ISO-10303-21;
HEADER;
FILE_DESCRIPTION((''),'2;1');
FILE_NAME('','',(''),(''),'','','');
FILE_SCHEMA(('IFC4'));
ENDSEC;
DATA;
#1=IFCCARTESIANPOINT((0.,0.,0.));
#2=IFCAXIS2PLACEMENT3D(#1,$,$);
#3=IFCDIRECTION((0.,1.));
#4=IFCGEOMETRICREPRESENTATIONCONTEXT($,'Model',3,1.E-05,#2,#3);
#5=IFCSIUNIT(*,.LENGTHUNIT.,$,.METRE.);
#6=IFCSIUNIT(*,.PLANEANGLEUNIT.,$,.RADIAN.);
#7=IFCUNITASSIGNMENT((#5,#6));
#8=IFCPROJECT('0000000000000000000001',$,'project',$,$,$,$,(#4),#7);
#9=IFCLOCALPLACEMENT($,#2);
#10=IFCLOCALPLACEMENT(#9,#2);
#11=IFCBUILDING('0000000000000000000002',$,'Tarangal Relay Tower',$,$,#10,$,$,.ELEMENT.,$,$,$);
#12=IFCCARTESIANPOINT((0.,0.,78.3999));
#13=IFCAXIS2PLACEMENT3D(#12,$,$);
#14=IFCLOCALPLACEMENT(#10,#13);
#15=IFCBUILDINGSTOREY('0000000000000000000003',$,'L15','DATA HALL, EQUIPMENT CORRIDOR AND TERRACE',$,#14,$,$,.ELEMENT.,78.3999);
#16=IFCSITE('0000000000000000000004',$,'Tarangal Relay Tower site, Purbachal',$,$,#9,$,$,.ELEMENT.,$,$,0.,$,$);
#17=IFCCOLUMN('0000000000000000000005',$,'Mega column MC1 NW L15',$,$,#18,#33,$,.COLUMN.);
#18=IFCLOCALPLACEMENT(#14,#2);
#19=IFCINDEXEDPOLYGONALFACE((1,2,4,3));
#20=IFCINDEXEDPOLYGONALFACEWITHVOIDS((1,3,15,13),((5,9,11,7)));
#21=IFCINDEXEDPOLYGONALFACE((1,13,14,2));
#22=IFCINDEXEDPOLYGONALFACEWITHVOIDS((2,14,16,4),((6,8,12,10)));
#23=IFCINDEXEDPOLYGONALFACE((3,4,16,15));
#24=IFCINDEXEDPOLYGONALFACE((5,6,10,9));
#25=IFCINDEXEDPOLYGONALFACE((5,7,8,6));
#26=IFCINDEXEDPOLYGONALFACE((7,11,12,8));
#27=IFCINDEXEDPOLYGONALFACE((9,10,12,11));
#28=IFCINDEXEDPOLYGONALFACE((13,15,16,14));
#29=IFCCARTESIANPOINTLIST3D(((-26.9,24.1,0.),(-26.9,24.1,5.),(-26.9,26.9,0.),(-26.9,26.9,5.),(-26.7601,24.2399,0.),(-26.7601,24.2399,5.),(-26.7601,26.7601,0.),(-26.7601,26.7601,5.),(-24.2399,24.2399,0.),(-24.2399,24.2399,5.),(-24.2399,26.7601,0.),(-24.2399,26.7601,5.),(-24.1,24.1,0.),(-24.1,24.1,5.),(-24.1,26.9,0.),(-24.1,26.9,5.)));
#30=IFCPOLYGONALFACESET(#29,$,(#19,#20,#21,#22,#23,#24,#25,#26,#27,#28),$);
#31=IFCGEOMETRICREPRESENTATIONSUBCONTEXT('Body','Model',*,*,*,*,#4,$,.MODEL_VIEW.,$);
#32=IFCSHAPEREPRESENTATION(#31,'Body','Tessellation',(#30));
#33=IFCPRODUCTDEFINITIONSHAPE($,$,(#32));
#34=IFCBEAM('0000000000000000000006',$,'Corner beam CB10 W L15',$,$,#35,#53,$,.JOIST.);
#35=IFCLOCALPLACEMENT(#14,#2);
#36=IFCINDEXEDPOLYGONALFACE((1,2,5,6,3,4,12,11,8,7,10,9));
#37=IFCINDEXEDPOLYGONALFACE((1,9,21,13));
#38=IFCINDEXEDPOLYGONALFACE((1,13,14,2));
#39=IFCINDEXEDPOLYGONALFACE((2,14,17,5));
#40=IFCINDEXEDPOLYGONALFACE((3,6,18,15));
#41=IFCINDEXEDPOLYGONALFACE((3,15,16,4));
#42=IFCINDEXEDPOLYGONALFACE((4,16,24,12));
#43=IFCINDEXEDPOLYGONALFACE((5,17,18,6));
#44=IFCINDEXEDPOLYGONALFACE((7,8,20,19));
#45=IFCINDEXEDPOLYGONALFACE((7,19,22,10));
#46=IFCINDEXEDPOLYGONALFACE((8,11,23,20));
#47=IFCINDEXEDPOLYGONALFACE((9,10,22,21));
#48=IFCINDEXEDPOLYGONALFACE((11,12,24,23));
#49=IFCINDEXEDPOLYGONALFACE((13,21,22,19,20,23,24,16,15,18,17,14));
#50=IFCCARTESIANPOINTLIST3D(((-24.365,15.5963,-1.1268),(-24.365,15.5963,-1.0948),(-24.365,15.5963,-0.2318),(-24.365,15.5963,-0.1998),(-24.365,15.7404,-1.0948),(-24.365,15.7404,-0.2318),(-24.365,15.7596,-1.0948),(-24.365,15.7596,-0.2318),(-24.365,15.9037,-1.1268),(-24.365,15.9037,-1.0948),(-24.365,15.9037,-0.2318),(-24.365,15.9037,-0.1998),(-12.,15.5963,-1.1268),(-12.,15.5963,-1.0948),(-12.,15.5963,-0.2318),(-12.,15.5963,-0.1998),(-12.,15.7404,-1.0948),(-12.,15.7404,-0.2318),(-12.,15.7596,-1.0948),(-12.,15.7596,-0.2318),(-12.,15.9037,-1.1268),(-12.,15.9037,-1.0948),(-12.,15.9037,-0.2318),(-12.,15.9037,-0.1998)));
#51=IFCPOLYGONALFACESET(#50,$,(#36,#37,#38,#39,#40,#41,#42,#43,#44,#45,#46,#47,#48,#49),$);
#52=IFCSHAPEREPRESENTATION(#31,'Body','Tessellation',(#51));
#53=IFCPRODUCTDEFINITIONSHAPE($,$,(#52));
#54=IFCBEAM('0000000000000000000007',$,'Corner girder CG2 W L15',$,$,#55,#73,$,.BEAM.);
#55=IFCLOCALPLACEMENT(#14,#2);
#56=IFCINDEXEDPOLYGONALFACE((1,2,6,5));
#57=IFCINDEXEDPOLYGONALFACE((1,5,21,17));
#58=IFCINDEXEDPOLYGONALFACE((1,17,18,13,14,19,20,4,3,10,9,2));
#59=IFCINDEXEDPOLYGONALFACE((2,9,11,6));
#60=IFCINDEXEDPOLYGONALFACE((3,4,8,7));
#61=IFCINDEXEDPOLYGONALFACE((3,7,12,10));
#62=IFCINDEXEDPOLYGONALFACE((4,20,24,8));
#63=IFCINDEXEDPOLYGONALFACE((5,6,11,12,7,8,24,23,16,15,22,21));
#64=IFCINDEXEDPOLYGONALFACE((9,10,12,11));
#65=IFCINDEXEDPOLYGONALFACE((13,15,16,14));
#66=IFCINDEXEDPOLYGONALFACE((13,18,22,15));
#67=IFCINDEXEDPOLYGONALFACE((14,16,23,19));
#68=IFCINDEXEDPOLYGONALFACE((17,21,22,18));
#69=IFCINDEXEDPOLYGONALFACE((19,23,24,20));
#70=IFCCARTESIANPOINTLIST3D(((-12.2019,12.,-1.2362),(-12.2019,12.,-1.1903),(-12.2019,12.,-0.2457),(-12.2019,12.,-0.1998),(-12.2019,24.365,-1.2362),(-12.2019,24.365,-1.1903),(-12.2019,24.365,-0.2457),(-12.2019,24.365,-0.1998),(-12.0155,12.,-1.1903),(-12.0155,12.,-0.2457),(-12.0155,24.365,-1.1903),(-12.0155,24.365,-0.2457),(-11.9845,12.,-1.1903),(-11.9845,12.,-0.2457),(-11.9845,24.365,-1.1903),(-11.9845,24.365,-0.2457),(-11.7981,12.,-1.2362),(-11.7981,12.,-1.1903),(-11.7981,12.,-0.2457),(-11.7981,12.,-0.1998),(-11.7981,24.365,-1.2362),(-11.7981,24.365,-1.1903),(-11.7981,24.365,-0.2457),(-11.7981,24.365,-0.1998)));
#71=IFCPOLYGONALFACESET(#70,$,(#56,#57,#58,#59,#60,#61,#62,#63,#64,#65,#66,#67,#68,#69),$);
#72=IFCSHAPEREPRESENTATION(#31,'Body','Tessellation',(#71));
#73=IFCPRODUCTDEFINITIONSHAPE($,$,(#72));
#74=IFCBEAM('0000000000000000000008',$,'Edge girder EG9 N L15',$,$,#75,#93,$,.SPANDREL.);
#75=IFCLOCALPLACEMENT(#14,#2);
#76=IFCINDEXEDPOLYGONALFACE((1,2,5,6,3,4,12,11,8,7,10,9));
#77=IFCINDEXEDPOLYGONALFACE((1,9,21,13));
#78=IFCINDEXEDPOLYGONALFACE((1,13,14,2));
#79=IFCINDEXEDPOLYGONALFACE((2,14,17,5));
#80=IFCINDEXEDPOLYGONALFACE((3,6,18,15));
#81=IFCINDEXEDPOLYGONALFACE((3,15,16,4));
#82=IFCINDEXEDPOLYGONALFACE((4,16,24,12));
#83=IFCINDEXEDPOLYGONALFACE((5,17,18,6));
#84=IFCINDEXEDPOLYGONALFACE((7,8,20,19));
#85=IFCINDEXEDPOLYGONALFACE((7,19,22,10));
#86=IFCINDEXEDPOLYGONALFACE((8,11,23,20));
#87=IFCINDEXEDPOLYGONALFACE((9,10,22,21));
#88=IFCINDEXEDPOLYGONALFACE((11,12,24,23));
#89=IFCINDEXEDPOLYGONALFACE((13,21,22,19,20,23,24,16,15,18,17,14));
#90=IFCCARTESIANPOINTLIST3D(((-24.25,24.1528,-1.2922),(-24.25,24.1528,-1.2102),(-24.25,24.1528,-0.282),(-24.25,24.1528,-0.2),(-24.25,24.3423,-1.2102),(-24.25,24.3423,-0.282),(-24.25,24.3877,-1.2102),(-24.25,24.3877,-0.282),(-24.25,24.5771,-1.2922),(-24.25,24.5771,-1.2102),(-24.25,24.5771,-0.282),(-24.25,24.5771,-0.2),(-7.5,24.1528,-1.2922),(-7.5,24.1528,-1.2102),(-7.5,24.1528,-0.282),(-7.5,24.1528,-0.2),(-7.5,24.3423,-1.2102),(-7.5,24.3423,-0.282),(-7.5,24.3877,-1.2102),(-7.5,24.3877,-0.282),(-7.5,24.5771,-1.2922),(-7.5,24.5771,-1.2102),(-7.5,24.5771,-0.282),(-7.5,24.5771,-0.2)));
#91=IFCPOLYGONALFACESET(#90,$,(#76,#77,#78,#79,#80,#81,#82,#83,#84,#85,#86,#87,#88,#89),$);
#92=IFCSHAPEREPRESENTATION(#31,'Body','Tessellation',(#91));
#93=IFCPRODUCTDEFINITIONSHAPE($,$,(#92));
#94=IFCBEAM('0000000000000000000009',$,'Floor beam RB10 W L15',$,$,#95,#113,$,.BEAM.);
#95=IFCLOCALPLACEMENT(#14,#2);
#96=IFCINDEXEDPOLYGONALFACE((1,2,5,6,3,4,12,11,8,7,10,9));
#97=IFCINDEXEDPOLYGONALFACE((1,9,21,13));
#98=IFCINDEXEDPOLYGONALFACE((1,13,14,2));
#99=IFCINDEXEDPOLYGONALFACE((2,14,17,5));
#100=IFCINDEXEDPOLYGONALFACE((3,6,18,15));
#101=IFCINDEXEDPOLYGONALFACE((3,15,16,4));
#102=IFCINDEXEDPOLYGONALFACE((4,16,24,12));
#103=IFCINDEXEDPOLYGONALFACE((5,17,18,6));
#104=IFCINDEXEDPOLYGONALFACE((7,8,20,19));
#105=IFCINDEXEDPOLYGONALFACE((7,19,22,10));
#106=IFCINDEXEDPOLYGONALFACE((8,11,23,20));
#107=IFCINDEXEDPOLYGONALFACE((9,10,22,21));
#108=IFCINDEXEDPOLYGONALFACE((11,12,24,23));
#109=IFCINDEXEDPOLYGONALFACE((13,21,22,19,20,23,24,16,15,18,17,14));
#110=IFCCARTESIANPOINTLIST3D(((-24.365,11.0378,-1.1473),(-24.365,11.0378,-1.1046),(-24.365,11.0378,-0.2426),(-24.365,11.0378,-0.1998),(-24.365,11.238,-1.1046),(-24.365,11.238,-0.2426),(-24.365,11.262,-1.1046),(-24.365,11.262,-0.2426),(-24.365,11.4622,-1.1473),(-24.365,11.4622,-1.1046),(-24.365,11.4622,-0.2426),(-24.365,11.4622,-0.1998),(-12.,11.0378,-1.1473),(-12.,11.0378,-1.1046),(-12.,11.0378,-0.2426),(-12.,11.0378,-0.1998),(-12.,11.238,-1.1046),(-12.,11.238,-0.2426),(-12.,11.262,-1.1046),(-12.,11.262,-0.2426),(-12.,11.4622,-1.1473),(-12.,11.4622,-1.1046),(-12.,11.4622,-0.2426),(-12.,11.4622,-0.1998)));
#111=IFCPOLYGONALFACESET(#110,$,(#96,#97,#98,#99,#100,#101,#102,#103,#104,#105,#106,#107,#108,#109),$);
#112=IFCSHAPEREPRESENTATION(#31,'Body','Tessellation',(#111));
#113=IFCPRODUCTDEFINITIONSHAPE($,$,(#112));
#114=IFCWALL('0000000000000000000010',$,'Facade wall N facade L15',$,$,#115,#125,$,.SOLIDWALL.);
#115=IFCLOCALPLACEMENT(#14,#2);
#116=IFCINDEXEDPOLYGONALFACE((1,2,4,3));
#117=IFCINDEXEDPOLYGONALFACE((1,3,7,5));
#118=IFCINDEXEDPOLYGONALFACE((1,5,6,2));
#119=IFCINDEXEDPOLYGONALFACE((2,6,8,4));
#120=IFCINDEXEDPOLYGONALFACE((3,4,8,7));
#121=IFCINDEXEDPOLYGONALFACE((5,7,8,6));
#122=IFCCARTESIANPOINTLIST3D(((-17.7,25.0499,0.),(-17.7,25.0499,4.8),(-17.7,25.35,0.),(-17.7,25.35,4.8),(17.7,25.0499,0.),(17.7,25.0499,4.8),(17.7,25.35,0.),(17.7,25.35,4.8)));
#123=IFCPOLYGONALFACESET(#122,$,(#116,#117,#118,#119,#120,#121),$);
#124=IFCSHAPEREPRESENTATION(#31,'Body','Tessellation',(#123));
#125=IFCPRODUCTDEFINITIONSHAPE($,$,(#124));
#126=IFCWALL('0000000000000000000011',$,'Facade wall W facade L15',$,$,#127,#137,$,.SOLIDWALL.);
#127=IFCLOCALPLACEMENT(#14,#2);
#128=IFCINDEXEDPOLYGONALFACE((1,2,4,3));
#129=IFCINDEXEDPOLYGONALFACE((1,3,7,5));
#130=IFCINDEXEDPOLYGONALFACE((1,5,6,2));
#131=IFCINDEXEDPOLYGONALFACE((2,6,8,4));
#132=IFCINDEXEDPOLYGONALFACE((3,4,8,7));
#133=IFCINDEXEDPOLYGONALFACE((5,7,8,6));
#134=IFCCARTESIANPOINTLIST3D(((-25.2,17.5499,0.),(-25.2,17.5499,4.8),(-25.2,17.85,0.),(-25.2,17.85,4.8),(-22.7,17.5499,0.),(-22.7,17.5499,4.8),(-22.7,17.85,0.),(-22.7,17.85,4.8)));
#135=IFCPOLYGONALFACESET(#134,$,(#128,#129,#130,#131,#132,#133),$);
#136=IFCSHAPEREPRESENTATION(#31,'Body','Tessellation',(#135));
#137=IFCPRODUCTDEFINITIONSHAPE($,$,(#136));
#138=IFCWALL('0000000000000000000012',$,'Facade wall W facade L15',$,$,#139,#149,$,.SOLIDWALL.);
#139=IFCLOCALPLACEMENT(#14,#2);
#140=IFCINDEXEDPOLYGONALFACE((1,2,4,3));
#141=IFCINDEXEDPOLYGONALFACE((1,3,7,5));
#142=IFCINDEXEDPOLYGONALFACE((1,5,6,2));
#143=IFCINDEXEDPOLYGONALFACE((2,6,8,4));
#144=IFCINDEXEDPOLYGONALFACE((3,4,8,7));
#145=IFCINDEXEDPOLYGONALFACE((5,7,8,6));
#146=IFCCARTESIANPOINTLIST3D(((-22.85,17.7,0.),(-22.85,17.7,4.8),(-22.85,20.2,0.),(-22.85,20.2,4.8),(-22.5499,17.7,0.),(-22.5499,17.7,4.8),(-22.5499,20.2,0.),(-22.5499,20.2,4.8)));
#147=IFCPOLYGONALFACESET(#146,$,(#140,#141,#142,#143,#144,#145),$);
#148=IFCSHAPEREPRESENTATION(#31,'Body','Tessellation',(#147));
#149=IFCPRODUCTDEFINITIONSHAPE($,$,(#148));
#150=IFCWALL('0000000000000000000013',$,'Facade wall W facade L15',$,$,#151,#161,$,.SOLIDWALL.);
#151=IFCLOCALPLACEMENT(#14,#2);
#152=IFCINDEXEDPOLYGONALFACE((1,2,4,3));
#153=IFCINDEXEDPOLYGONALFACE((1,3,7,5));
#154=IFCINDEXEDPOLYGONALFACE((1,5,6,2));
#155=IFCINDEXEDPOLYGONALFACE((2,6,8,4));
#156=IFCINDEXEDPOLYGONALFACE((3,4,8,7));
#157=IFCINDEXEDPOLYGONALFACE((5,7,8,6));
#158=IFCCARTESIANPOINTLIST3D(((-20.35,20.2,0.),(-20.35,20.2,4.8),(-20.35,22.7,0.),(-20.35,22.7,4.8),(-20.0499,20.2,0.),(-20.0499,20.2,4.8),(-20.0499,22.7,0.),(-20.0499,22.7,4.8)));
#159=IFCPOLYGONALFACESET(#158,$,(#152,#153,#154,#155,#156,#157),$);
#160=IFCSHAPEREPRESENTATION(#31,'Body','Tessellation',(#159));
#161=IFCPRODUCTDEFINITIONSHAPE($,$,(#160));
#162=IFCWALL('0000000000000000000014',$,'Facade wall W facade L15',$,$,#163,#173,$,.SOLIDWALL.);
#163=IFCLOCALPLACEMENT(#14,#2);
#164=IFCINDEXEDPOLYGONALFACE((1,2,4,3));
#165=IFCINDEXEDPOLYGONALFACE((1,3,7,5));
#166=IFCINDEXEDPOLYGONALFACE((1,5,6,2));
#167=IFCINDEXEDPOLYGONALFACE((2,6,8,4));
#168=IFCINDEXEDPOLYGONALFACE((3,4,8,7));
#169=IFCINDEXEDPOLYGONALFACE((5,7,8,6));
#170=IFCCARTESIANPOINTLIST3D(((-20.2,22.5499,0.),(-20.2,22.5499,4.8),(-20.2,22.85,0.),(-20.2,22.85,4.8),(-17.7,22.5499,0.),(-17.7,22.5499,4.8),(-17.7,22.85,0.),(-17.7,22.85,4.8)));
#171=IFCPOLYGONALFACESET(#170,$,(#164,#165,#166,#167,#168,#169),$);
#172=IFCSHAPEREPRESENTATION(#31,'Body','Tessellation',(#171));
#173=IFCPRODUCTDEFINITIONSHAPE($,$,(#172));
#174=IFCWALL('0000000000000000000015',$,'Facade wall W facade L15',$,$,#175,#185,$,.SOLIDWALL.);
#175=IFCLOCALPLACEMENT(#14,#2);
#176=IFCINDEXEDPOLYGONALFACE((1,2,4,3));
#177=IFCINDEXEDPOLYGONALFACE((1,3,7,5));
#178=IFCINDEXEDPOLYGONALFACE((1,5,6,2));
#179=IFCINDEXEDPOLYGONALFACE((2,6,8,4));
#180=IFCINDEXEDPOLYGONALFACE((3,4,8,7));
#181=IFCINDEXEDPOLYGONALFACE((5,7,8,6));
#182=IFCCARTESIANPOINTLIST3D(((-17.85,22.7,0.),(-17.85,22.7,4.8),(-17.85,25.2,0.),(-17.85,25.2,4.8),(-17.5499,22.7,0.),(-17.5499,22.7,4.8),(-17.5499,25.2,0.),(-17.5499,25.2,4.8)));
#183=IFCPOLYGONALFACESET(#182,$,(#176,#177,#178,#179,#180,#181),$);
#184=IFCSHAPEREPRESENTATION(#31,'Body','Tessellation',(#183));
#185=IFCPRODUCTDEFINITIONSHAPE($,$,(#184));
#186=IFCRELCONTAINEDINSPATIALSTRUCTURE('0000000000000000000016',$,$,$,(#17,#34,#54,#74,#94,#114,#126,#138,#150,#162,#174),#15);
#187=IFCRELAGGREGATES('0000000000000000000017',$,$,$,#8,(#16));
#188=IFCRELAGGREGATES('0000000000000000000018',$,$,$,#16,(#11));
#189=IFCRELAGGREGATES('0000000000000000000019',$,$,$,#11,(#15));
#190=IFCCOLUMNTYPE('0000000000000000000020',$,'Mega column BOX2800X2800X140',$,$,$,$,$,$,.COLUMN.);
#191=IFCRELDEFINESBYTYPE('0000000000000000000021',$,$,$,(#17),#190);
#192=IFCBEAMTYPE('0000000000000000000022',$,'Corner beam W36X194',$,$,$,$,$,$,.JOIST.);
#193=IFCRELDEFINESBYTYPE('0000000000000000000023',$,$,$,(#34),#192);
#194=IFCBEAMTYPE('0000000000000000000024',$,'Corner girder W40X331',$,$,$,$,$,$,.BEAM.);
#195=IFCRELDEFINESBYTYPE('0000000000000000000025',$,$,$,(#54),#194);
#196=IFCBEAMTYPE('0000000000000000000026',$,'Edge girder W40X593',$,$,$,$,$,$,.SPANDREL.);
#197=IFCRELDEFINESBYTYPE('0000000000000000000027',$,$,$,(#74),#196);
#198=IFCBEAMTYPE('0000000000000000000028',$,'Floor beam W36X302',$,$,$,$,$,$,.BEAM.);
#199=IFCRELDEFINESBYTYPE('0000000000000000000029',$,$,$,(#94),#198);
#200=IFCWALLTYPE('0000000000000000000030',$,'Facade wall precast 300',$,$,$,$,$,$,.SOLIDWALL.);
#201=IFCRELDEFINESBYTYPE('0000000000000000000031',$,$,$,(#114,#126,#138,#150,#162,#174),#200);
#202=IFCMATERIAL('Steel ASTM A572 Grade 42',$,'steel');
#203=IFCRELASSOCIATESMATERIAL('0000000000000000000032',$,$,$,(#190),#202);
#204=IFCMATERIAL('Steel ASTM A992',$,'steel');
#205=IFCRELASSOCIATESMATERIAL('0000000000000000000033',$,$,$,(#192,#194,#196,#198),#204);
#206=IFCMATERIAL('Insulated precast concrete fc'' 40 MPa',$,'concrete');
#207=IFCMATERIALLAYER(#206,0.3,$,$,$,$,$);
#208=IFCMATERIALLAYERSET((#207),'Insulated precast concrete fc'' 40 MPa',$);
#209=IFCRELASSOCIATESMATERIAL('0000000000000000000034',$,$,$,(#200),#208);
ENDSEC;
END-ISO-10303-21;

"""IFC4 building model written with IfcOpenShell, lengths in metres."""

from ifc_helpers import new_model, si_unit, direction, frame, frame_2d, origin, origin_2d, place, context, subcontext, project, spatial, rectangle, hollow_rectangle, i_section, extrude, material, layer, layer_set, material_profile, profile_set, type_object, element, save


model = new_model("IFC4")

# Units and contexts
model_context = context("Model", 3, precision=1e-05, world=origin(), true_north=direction((0.0, 1.0)))
body_context = subcontext(model_context, "Body", "Model", "MODEL_VIEW")
ifc_project = project(units=[si_unit("LENGTHUNIT", "METRE"), si_unit("PLANEANGLEUNIT", "RADIAN")], contexts=[model_context])

# Site, building, storey
site_placement = place(None, origin())
site = spatial("IfcSite", under=ifc_project, at=site_placement, Name="Tarangal Relay Tower site, Purbachal", CompositionType="ELEMENT", RefElevation=0.0)
building_placement = place(site_placement, origin())
building = spatial("IfcBuilding", under=site, at=building_placement, Name="Tarangal Relay Tower", CompositionType="ELEMENT")
storey_placement = place(building_placement, frame((0.0, 0.0, 78.3999)))
storey = spatial("IfcBuildingStorey", under=building, at=storey_placement, Name="L15", Description="DATA HALL, EQUIPMENT CORRIDOR AND TERRACE", CompositionType="ELEMENT", Elevation=78.3999)

# Column
ifc_material_1 = material(Name="Steel ASTM A572 Grade 42", Category="steel")
ifc_material_profile_1 = material_profile(ifc_material_1, hollow_rectangle(XDim=2.8, YDim=2.8, WallThickness=0.1399, at=origin_2d()), Name="BOX2800X2800X140")
ifc_profile_set_1 = profile_set([ifc_material_profile_1], Name="Steel ASTM A572 Grade 42")
column_type = type_object("IfcColumnType", Name="Mega column BOX2800X2800X140", PredefinedType="COLUMN", material=ifc_profile_set_1)
column_placement = place(storey_placement, frame((-25.5, 25.5, 0.0), z_axis=(0.0, 0.0, 1.0), x_axis=(1.0, 0.0, 0.0)))
element("IfcColumn", 1, at=column_placement, inside=storey, type_object=column_type, Name="Mega column MC1 NW L15", PredefinedType="COLUMN", context=body_context, shape_type="SweptSolid", body=[
    extrude(hollow_rectangle(XDim=2.8, YDim=2.8, WallThickness=0.1399, at=origin_2d()), origin(), (0.0, 0.0, 1.0), 5.0),
])

# Beams
ifc_material_2 = material(Name="Steel ASTM A992", Category="steel")
ifc_material_profile_2 = material_profile(ifc_material_2, i_section(OverallWidth=0.3074, OverallDepth=0.927, WebThickness=0.0193, FlangeThickness=0.032, at=origin_2d()), Name="W36X194")
ifc_profile_set_2 = profile_set([ifc_material_profile_2], Name="Steel ASTM A992")
beam_type_1 = type_object("IfcBeamType", Name="Corner beam W36X194", PredefinedType="JOIST", material=ifc_profile_set_2)
beam_1_placement = place(storey_placement, frame((-12.0, 15.75, -0.6633), z_axis=(-1.0, 0.0, 0.0), x_axis=(0.0, -1.0, 0.0)))
element("IfcBeam", 2, at=beam_1_placement, inside=storey, type_object=beam_type_1, Name="Corner beam CB10 W L15", PredefinedType="JOIST", context=body_context, shape_type="SweptSolid", body=[
    extrude(i_section(OverallWidth=0.3074, OverallDepth=0.927, WebThickness=0.0193, FlangeThickness=0.032, at=origin_2d()), origin(), (0.0, 0.0, 1.0), 12.365),
])
ifc_material_profile_3 = material_profile(ifc_material_2, i_section(OverallWidth=0.4038, OverallDepth=1.0364, WebThickness=0.031, FlangeThickness=0.0459, at=origin_2d()), Name="W40X331")
ifc_profile_set_3 = profile_set([ifc_material_profile_3], Name="Steel ASTM A992")
beam_type_2 = type_object("IfcBeamType", Name="Corner girder W40X331", PredefinedType="BEAM", material=ifc_profile_set_3)
beam_2_placement = place(storey_placement, frame((-12.0, 12.0, -0.718), z_axis=(0.0, 1.0, 0.0), x_axis=(-1.0, 0.0, 0.0)))
element("IfcBeam", 3, at=beam_2_placement, inside=storey, type_object=beam_type_2, Name="Corner girder CG2 W L15", PredefinedType="BEAM", context=body_context, shape_type="SweptSolid", body=[
    extrude(i_section(OverallWidth=0.4038, OverallDepth=1.0364, WebThickness=0.031, FlangeThickness=0.0459, at=origin_2d()), origin(), (0.0, 0.0, 1.0), 12.365),
])
ifc_material_profile_4 = material_profile(ifc_material_2, i_section(OverallWidth=0.4243, OverallDepth=1.0923, WebThickness=0.0454, FlangeThickness=0.082, at=origin_2d()), Name="W40X593")
ifc_profile_set_4 = profile_set([ifc_material_profile_4], Name="Steel ASTM A992")
beam_type_3 = type_object("IfcBeamType", Name="Edge girder W40X593", PredefinedType="SPANDREL", material=ifc_profile_set_4)
beam_3_placement = place(storey_placement, frame((-24.25, 24.365, -0.7461), z_axis=(1.0, 0.0, 0.0), x_axis=(0.0, 1.0, 0.0)))
element("IfcBeam", 4, at=beam_3_placement, inside=storey, type_object=beam_type_3, Name="Edge girder EG9 N L15", PredefinedType="SPANDREL", context=body_context, shape_type="SweptSolid", body=[
    extrude(i_section(OverallWidth=0.4243, OverallDepth=1.0923, WebThickness=0.0454, FlangeThickness=0.082, at=origin_2d()), origin(), (0.0, 0.0, 1.0), 16.75),
])
ifc_material_profile_5 = material_profile(ifc_material_2, i_section(OverallWidth=0.4243, OverallDepth=0.9475, WebThickness=0.0239, FlangeThickness=0.0427, at=origin_2d()), Name="W36X302")
ifc_profile_set_5 = profile_set([ifc_material_profile_5], Name="Steel ASTM A992")
beam_type_4 = type_object("IfcBeamType", Name="Floor beam W36X302", PredefinedType="BEAM", material=ifc_profile_set_5)
beam_4_placement = place(storey_placement, frame((-12.0, 11.25, -0.6736), z_axis=(-1.0, 0.0, 0.0), x_axis=(0.0, -1.0, 0.0)))
element("IfcBeam", 5, at=beam_4_placement, inside=storey, type_object=beam_type_4, Name="Floor beam RB10 W L15", PredefinedType="BEAM", context=body_context, shape_type="SweptSolid", body=[
    extrude(i_section(OverallWidth=0.4243, OverallDepth=0.9475, WebThickness=0.0239, FlangeThickness=0.0427, at=origin_2d()), origin(), (0.0, 0.0, 1.0), 12.365),
])

# Walls
ifc_material_3 = material(Name="Insulated precast concrete fc' 40 MPa", Category="concrete")
ifc_layer_1 = layer(ifc_material_3, 0.3)
ifc_layer_set_1 = layer_set([ifc_layer_1], Name="Insulated precast concrete fc' 40 MPa")
wall_type_1 = type_object("IfcWallType", Name="Facade wall precast 300", PredefinedType="SOLIDWALL", material=ifc_layer_set_1)
wall_1_placement = place(storey_placement, frame((-17.7, 25.2, 0.0), z_axis=(0.0, 0.0, 1.0), x_axis=(1.0, 0.0, 0.0)))
element("IfcWall", 6, at=wall_1_placement, inside=storey, type_object=wall_type_1, Name="Facade wall N facade L15", PredefinedType="SOLIDWALL", context=body_context, shape_type="SweptSolid", body=[
    extrude(rectangle(XDim=35.3999, YDim=0.3, at=frame_2d((17.7, 0.0))), origin(), (0.0, 0.0, 1.0), 4.8),
])
for number, where, z_axis, x_axis, name in (
    (7, (-25.2, 17.7, 0.0), (0.0, 0.0, 1.0), (1.0, 0.0, 0.0), "Facade wall W facade L15"),
    (8, (-22.7, 17.7, 0.0), (0.0, 0.0, 1.0), (0.0, 1.0, 0.0), "Facade wall W facade L15"),
):
    element("IfcWall", number, at=place(storey_placement, frame(where, z_axis=z_axis, x_axis=x_axis)), inside=storey, type_object=wall_type_1, Name=name, PredefinedType="SOLIDWALL", context=body_context, shape_type="SweptSolid", body=[
        extrude(rectangle(XDim=2.5, YDim=0.3, at=frame_2d((1.25, 0.0))), origin(), (0.0, 0.0, 1.0), 4.8),
    ])

# Walls
for number, where, z_axis, x_axis, name in (
    (9, (-20.2, 20.2, 0.0), (0.0, 0.0, 1.0), (0.0, 1.0, 0.0), "Facade wall W facade L15"),
    (10, (-20.2, 22.7, 0.0), (0.0, 0.0, 1.0), (1.0, 0.0, 0.0), "Facade wall W facade L15"),
    (11, (-17.7, 22.7, 0.0), (0.0, 0.0, 1.0), (0.0, 1.0, 0.0), "Facade wall W facade L15"),
):
    element("IfcWall", number, at=place(storey_placement, frame(where, z_axis=z_axis, x_axis=x_axis)), inside=storey, type_object=wall_type_1, Name=name, PredefinedType="SOLIDWALL", context=body_context, shape_type="SweptSolid", body=[
        extrude(rectangle(XDim=2.5, YDim=0.3, at=frame_2d((1.25, 0.0))), origin(), (0.0, 0.0, 1.0), 4.8),
    ])

save(model, "model.ifc")
